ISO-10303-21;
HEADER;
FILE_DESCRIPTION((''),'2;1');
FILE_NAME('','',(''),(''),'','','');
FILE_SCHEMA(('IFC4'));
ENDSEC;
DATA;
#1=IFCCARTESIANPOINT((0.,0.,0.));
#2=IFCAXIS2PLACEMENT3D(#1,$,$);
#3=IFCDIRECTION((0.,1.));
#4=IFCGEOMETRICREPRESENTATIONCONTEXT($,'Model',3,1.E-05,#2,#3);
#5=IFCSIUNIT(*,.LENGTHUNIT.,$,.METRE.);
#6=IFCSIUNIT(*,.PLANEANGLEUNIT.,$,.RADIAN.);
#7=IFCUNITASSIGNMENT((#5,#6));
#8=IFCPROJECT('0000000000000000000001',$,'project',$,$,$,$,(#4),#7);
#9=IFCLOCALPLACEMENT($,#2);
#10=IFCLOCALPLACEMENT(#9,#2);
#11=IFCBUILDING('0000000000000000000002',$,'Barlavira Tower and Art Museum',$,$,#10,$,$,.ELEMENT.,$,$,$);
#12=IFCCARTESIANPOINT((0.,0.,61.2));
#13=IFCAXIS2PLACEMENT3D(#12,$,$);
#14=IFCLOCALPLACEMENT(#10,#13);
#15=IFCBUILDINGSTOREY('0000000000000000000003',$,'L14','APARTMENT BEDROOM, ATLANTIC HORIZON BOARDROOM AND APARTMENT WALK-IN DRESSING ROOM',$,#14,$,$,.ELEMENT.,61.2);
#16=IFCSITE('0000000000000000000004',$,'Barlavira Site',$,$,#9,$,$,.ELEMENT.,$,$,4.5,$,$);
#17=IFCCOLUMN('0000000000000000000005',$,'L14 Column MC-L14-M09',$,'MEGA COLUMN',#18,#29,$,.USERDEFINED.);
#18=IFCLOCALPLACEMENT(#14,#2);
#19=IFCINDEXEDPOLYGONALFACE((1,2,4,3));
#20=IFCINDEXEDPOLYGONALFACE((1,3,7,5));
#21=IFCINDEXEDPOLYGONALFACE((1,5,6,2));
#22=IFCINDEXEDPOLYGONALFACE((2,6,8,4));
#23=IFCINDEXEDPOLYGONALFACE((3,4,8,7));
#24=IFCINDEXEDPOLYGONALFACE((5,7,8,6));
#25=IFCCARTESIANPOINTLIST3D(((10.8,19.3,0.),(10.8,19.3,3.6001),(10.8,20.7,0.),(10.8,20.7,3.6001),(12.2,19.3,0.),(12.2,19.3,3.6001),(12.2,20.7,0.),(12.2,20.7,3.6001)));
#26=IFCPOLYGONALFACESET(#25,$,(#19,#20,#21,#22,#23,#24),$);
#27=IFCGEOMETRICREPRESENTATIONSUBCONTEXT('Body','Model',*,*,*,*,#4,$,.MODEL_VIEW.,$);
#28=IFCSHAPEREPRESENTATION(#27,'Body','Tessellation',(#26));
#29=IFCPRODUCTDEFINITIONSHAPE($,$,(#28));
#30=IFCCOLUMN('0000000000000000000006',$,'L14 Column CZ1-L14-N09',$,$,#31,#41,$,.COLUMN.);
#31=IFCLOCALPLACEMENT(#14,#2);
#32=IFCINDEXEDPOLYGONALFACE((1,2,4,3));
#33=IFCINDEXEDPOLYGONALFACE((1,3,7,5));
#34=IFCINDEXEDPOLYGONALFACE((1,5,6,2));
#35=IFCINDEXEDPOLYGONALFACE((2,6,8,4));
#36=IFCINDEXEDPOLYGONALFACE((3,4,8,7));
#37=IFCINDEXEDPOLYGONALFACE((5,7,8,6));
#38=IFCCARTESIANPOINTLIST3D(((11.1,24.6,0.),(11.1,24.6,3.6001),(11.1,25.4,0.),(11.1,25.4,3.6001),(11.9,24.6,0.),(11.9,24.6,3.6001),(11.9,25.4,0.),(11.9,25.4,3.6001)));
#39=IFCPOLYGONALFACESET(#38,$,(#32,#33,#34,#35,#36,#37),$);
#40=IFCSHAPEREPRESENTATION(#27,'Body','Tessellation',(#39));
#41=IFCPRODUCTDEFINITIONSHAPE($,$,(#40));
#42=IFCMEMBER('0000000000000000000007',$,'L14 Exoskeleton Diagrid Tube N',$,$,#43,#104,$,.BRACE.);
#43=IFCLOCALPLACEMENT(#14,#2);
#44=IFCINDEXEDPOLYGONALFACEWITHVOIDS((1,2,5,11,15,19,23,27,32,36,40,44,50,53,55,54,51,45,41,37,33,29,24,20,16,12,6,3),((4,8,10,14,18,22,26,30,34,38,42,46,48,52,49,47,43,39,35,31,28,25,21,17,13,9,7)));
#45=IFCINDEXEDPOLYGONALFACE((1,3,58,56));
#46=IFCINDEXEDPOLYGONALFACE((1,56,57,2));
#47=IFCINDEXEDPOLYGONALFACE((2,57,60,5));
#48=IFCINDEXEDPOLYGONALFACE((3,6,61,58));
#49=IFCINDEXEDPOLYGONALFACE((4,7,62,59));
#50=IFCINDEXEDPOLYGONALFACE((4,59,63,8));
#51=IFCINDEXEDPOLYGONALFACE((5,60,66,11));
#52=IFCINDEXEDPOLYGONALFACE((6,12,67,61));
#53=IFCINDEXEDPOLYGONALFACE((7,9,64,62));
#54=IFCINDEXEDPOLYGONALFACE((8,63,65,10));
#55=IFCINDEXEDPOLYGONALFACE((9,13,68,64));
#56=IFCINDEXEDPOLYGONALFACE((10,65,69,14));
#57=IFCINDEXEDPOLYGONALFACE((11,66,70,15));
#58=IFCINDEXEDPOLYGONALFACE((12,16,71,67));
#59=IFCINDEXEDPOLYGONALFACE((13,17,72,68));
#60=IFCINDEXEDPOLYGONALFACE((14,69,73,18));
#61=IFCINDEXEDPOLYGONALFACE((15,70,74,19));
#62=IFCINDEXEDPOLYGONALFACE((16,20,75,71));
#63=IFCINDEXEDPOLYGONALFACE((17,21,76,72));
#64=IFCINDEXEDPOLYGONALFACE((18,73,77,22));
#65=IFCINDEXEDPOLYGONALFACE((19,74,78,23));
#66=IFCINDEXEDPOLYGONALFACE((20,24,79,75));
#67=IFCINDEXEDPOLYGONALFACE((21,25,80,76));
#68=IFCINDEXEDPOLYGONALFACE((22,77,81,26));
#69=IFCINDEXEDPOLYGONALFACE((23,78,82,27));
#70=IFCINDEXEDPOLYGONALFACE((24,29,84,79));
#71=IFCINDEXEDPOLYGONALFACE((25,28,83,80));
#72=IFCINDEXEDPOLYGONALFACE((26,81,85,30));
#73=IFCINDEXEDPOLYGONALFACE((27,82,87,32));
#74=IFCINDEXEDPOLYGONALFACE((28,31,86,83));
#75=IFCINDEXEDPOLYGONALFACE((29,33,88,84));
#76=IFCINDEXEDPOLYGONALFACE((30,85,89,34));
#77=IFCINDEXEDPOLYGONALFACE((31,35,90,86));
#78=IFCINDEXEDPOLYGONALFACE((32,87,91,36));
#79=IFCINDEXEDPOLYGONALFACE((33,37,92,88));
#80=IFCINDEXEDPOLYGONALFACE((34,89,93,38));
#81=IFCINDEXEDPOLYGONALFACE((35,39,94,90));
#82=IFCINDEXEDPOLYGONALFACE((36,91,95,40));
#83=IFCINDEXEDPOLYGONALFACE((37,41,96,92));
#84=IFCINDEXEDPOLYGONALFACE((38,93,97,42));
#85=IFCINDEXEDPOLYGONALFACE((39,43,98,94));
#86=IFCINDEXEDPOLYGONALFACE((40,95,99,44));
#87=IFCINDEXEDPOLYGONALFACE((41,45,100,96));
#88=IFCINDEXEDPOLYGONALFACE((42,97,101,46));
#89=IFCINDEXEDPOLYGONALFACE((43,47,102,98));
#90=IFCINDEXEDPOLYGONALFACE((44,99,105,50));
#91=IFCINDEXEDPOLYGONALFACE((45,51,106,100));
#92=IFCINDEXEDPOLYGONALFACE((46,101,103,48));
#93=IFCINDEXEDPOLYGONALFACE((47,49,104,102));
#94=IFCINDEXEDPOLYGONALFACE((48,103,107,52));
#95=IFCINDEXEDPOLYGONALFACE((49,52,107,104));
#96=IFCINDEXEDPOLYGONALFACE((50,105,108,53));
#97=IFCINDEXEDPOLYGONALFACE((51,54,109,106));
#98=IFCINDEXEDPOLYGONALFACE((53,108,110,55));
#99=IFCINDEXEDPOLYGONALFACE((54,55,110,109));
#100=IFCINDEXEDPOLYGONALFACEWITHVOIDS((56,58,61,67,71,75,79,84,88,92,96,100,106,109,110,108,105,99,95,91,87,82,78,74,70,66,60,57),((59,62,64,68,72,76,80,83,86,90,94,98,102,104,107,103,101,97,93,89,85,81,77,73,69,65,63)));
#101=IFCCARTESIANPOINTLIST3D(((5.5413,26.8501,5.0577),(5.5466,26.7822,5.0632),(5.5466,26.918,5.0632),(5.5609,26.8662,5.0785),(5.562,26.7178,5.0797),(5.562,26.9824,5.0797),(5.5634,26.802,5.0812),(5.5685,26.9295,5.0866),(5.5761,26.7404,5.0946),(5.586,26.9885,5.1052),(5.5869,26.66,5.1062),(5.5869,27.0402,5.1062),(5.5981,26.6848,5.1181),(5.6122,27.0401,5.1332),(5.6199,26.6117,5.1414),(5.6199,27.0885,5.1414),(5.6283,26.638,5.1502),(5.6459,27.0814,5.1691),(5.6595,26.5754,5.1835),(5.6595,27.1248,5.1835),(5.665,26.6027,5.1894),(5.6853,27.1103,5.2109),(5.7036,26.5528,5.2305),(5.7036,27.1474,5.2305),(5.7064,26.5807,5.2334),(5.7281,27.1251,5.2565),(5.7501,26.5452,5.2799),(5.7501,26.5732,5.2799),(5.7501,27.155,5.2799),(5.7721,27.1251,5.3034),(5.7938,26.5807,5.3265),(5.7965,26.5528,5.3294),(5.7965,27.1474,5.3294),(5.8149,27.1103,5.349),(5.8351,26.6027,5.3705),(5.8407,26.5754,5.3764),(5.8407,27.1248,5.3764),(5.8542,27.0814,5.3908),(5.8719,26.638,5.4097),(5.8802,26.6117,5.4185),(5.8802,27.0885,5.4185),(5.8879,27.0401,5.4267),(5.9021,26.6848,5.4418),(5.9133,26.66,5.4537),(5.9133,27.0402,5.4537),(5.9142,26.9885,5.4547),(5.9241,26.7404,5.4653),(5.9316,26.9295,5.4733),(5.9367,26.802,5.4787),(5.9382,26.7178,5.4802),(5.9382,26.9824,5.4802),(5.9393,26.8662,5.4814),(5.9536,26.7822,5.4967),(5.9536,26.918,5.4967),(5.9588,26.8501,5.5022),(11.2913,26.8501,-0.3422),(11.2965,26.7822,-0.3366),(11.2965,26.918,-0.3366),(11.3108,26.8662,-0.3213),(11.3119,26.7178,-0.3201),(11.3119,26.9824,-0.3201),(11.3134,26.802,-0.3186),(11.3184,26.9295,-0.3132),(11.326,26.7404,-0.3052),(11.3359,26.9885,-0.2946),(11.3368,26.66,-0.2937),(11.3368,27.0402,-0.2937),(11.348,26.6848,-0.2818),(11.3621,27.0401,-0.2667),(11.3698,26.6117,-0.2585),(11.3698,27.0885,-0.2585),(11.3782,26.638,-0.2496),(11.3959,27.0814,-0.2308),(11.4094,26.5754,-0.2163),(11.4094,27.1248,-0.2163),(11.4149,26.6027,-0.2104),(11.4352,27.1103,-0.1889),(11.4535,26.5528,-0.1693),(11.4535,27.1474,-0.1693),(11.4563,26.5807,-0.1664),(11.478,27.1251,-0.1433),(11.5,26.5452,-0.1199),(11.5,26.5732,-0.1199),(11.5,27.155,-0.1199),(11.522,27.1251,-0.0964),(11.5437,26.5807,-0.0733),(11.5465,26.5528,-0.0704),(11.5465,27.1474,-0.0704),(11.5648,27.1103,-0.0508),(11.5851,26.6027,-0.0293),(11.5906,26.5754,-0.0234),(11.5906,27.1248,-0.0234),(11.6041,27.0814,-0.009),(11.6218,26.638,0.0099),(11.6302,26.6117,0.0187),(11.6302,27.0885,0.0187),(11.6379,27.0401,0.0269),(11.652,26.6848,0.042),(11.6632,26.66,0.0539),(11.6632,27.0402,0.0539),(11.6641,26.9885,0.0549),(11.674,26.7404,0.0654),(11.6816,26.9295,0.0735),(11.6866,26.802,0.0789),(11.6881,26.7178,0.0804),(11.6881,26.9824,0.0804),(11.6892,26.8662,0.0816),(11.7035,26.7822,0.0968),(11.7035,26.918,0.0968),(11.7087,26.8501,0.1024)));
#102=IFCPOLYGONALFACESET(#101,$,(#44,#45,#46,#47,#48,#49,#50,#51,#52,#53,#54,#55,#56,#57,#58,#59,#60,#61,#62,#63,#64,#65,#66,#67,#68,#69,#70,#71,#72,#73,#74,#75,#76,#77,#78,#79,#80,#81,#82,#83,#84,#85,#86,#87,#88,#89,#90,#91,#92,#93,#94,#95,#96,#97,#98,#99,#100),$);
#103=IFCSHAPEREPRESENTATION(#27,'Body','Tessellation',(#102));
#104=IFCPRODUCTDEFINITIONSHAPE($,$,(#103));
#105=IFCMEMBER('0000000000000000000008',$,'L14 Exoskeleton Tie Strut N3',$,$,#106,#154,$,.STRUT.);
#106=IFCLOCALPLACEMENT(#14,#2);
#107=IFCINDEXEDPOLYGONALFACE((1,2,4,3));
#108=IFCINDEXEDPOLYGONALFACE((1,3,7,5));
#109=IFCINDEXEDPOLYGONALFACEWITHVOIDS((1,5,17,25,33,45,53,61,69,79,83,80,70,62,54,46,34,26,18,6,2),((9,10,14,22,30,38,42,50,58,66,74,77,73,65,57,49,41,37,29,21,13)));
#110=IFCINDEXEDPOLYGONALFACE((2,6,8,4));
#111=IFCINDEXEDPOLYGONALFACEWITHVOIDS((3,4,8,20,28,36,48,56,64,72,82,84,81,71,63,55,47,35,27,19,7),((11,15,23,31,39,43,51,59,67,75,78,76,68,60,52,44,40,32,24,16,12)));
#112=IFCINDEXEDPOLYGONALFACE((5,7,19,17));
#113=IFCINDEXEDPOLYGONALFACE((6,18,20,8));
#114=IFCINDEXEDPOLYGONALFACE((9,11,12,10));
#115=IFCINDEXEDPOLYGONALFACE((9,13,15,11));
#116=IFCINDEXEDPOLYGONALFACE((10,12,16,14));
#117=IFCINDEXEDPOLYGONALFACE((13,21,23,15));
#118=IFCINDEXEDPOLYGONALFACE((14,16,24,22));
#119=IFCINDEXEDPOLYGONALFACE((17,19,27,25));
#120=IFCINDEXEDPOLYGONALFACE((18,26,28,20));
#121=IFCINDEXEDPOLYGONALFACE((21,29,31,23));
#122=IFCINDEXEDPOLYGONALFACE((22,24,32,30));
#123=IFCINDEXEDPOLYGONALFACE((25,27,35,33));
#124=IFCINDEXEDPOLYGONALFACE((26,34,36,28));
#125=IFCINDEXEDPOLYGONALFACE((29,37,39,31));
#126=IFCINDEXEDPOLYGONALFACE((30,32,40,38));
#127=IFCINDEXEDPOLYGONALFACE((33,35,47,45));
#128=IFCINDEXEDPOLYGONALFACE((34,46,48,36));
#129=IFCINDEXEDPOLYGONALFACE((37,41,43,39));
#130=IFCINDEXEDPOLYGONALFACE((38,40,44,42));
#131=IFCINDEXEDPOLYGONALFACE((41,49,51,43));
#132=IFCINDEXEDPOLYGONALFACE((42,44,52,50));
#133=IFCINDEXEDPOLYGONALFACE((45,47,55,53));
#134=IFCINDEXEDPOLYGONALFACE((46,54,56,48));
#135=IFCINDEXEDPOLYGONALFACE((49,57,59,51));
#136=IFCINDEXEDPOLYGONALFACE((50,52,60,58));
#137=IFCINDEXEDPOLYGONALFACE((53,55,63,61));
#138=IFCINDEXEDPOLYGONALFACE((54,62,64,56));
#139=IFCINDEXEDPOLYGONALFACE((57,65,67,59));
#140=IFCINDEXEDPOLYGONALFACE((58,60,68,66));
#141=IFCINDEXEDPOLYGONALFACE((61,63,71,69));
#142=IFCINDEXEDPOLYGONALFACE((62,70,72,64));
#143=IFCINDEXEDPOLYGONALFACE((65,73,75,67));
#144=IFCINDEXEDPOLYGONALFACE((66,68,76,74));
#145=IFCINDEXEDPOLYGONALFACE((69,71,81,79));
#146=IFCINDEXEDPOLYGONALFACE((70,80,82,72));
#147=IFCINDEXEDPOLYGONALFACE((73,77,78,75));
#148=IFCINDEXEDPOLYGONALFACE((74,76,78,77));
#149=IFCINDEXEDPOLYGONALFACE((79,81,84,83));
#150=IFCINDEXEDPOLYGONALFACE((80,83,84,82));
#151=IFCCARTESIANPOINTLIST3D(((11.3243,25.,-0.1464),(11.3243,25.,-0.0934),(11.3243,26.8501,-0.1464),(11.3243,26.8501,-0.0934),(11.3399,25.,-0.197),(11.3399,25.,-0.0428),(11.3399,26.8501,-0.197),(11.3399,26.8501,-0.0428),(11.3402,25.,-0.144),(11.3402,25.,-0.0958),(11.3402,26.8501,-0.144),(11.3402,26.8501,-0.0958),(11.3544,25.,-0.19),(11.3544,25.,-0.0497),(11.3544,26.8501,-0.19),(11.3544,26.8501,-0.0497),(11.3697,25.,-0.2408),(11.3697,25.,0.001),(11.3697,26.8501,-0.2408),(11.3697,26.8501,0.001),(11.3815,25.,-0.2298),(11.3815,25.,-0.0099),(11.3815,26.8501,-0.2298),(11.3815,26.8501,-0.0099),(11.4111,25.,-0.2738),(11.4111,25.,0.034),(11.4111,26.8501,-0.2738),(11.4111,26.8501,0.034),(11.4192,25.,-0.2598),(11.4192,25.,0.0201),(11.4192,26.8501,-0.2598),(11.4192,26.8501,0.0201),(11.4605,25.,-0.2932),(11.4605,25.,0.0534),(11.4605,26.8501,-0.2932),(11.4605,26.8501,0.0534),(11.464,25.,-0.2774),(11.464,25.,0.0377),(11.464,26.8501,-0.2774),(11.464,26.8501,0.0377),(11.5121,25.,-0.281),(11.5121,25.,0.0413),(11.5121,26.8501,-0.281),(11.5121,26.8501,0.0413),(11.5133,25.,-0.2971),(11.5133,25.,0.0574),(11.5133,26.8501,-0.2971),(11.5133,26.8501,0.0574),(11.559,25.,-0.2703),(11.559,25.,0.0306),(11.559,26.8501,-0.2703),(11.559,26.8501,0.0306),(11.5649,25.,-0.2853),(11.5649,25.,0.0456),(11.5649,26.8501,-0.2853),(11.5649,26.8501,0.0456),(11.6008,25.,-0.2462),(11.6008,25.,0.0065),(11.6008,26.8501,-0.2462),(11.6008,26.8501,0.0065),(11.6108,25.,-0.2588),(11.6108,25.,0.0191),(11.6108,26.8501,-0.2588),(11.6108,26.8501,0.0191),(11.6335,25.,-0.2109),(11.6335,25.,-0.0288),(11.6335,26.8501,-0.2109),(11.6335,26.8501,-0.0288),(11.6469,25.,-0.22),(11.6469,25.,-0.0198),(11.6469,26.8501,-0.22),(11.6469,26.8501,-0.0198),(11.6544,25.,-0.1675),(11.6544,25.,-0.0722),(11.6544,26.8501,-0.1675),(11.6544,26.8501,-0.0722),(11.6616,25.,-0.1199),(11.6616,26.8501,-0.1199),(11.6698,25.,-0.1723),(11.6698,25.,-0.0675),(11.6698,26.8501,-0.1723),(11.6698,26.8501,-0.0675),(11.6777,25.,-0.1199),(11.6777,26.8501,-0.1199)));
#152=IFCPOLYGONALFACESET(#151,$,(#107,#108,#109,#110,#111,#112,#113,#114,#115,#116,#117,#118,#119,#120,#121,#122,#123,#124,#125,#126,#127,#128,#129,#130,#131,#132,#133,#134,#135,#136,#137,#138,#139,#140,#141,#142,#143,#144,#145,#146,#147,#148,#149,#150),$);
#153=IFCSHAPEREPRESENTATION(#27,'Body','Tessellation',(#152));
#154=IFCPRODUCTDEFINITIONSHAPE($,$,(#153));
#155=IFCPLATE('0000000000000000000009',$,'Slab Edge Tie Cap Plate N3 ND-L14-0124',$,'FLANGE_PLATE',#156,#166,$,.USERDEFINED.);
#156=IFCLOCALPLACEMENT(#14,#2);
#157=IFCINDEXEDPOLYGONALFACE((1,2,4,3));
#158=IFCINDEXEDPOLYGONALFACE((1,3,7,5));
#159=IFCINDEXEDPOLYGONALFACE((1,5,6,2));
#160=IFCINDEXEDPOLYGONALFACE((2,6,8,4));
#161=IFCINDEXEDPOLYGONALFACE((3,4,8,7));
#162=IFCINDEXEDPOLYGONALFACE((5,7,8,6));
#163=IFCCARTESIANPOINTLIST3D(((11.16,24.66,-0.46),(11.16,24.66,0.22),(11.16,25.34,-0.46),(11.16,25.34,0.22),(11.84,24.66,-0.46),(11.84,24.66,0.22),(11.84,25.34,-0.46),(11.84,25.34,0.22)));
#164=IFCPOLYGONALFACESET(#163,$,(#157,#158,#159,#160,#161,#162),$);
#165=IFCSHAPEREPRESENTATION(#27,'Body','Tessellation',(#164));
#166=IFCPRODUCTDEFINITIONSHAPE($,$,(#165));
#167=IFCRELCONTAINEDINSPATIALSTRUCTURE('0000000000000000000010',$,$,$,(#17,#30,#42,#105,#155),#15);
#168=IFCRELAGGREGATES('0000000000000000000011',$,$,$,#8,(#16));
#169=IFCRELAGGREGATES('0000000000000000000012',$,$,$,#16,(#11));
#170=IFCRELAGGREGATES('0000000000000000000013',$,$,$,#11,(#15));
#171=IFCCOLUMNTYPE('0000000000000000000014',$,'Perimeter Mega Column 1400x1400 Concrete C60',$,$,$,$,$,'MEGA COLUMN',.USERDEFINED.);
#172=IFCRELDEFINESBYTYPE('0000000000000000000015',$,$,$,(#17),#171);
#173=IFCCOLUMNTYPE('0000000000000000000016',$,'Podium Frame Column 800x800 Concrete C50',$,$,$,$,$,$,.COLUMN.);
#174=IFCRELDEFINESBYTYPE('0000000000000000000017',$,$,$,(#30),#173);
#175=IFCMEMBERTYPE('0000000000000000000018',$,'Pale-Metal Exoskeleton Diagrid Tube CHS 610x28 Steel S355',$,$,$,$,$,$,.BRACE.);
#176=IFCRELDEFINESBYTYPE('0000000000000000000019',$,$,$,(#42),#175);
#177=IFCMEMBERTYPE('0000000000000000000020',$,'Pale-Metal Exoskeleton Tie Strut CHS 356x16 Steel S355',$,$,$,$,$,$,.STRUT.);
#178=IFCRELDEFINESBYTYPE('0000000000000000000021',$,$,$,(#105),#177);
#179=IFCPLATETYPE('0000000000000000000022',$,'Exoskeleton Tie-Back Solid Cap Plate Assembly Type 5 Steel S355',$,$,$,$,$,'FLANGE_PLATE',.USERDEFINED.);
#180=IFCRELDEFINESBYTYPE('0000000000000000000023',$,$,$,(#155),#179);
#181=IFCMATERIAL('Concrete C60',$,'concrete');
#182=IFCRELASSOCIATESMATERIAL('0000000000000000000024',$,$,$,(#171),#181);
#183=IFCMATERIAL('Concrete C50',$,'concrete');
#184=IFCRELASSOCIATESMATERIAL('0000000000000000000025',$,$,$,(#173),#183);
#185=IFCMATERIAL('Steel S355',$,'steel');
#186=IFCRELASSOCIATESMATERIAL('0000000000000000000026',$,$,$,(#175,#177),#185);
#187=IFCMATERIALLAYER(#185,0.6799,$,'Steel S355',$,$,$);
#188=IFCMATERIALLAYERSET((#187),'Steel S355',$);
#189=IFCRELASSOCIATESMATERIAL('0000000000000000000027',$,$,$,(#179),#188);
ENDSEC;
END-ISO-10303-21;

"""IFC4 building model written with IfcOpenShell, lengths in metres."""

from ifc_helpers import new_model, si_unit, direction, frame, origin, origin_2d, place, context, subcontext, project, spatial, rectangle, hollow_circle, extrude, material, layer, layer_set, material_profile, profile_set, type_object, element, save


model = new_model("IFC4")

# Units and contexts
model_context = context("Model", 3, precision=1e-05, world=origin(), true_north=direction((0.0, 1.0)))
body_context = subcontext(model_context, "Body", "Model", "MODEL_VIEW")
ifc_project = project(units=[si_unit("LENGTHUNIT", "METRE"), si_unit("PLANEANGLEUNIT", "RADIAN")], contexts=[model_context])

# Site, building, storey
site_placement = place(None, origin())
site = spatial("IfcSite", under=ifc_project, at=site_placement, Name="Barlavira Site", CompositionType="ELEMENT", RefElevation=4.5)
building_placement = place(site_placement, origin())
building = spatial("IfcBuilding", under=site, at=building_placement, Name="Barlavira Tower and Art Museum", CompositionType="ELEMENT")
storey_placement = place(building_placement, frame((0.0, 0.0, 61.2)))
storey = spatial("IfcBuildingStorey", under=building, at=storey_placement, Name="L14", Description="APARTMENT BEDROOM, ATLANTIC HORIZON BOARDROOM AND APARTMENT WALK-IN DRESSING ROOM", CompositionType="ELEMENT", Elevation=61.2)

# Columns
ifc_material_1 = material(Name="Concrete C60", Category="concrete")
ifc_material_profile_1 = material_profile(ifc_material_1, rectangle(XDim=1.3999, YDim=1.3999, at=origin_2d()), Name="RC-MCOL 1400x1400")
ifc_profile_set_1 = profile_set([ifc_material_profile_1], Name="Concrete C60")
column_type_1 = type_object("IfcColumnType", Name="Perimeter Mega Column 1400x1400 Concrete C60", ElementType="MEGA COLUMN", PredefinedType="USERDEFINED", material=ifc_profile_set_1)
column_1_placement = place(storey_placement, frame((11.5, 20.0, 0.0), z_axis=(0.0, 0.0, 1.0), x_axis=(1.0, 0.0, 0.0)))
element("IfcColumn", 1, at=column_1_placement, inside=storey, type_object=column_type_1, Name="L14 Column MC-L14-M09", ObjectType="MEGA COLUMN", PredefinedType="USERDEFINED", context=body_context, shape_type="SweptSolid", body=[
    extrude(rectangle(XDim=1.3999, YDim=1.3999, at=origin_2d()), origin(), (0.0, 0.0, 1.0), 3.6001),
])
ifc_material_2 = material(Name="Concrete C50", Category="concrete")
ifc_material_profile_2 = material_profile(ifc_material_2, rectangle(XDim=0.8, YDim=0.8, at=origin_2d()), Name="RC-COL 800x800")
ifc_profile_set_2 = profile_set([ifc_material_profile_2], Name="Concrete C50")
column_type_2 = type_object("IfcColumnType", Name="Podium Frame Column 800x800 Concrete C50", PredefinedType="COLUMN", material=ifc_profile_set_2)
column_2_placement = place(storey_placement, frame((11.5, 25.0, 0.0), z_axis=(0.0, 0.0, 1.0), x_axis=(1.0, 0.0, 0.0)))
element("IfcColumn", 2, at=column_2_placement, inside=storey, type_object=column_type_2, Name="L14 Column CZ1-L14-N09", PredefinedType="COLUMN", context=body_context, shape_type="SweptSolid", body=[
    extrude(rectangle(XDim=0.8, YDim=0.8, at=origin_2d()), origin(), (0.0, 0.0, 1.0), 3.6001),
])

# Members
ifc_material_3 = material(Name="Steel S355", Category="steel")
ifc_material_profile_3 = material_profile(ifc_material_3, hollow_circle(Radius=0.3049, WallThickness=0.0281, at=origin_2d()), Name="CHS 610.0x28.0")
ifc_profile_set_3 = profile_set([ifc_material_profile_3], Name="Steel S355")
member_type_1 = type_object("IfcMemberType", Name="Pale-Metal Exoskeleton Diagrid Tube CHS 610x28 Steel S355", PredefinedType="BRACE", material=ifc_profile_set_3)
member_1_placement = place(storey_placement, frame((11.5, 26.8501, -0.1199), z_axis=(-0.72895, 0.0, 0.684567), x_axis=(0.0, -1.0, 0.0)))
element("IfcMember", 3, at=member_1_placement, inside=storey, type_object=member_type_1, Name="L14 Exoskeleton Diagrid Tube N", PredefinedType="BRACE", context=body_context, shape_type="SweptSolid", body=[
    extrude(hollow_circle(Radius=0.3049, WallThickness=0.0281, at=origin_2d()), origin(), (0.0, 0.0, 1.0), 7.8879),
])
ifc_material_profile_4 = material_profile(ifc_material_3, hollow_circle(Radius=0.1777, WallThickness=0.0161, at=origin_2d()), Name="CHS 355.6x16.0")
ifc_profile_set_4 = profile_set([ifc_material_profile_4], Name="Steel S355")
member_type_2 = type_object("IfcMemberType", Name="Pale-Metal Exoskeleton Tie Strut CHS 356x16 Steel S355", PredefinedType="STRUT", material=ifc_profile_set_4)
member_2_placement = place(storey_placement, frame((11.5, 26.8501, -0.1199), z_axis=(0.0, -1.0, 0.0), x_axis=(1.0, 0.0, 0.0)))
element("IfcMember", 4, at=member_2_placement, inside=storey, type_object=member_type_2, Name="L14 Exoskeleton Tie Strut N3", PredefinedType="STRUT", context=body_context, shape_type="SweptSolid", body=[
    extrude(hollow_circle(Radius=0.1777, WallThickness=0.0161, at=origin_2d()), origin(), (0.0, 0.0, 1.0), 1.8501),
])

# Plate
ifc_layer_1 = layer(ifc_material_3, 0.6799, Name="Steel S355")
ifc_layer_set_1 = layer_set([ifc_layer_1], Name="Steel S355")
plate_type = type_object("IfcPlateType", Name="Exoskeleton Tie-Back Solid Cap Plate Assembly Type 5 Steel S355", ElementType="FLANGE_PLATE", PredefinedType="USERDEFINED", material=ifc_layer_set_1)
plate_placement = place(storey_placement, frame((11.5, 25.0, -0.46), z_axis=(0.0, 0.0, 1.0), x_axis=(1.0, 0.0, 0.0)))
element("IfcPlate", 5, at=plate_placement, inside=storey, type_object=plate_type, Name="Slab Edge Tie Cap Plate N3 ND-L14-0124", ObjectType="FLANGE_PLATE", PredefinedType="USERDEFINED", context=body_context, shape_type="SweptSolid", body=[
    extrude(rectangle(XDim=0.6799, YDim=0.6799, at=origin_2d()), origin(), (0.0, 0.0, 1.0), 0.6799),
])

save(model, "model.ifc")
